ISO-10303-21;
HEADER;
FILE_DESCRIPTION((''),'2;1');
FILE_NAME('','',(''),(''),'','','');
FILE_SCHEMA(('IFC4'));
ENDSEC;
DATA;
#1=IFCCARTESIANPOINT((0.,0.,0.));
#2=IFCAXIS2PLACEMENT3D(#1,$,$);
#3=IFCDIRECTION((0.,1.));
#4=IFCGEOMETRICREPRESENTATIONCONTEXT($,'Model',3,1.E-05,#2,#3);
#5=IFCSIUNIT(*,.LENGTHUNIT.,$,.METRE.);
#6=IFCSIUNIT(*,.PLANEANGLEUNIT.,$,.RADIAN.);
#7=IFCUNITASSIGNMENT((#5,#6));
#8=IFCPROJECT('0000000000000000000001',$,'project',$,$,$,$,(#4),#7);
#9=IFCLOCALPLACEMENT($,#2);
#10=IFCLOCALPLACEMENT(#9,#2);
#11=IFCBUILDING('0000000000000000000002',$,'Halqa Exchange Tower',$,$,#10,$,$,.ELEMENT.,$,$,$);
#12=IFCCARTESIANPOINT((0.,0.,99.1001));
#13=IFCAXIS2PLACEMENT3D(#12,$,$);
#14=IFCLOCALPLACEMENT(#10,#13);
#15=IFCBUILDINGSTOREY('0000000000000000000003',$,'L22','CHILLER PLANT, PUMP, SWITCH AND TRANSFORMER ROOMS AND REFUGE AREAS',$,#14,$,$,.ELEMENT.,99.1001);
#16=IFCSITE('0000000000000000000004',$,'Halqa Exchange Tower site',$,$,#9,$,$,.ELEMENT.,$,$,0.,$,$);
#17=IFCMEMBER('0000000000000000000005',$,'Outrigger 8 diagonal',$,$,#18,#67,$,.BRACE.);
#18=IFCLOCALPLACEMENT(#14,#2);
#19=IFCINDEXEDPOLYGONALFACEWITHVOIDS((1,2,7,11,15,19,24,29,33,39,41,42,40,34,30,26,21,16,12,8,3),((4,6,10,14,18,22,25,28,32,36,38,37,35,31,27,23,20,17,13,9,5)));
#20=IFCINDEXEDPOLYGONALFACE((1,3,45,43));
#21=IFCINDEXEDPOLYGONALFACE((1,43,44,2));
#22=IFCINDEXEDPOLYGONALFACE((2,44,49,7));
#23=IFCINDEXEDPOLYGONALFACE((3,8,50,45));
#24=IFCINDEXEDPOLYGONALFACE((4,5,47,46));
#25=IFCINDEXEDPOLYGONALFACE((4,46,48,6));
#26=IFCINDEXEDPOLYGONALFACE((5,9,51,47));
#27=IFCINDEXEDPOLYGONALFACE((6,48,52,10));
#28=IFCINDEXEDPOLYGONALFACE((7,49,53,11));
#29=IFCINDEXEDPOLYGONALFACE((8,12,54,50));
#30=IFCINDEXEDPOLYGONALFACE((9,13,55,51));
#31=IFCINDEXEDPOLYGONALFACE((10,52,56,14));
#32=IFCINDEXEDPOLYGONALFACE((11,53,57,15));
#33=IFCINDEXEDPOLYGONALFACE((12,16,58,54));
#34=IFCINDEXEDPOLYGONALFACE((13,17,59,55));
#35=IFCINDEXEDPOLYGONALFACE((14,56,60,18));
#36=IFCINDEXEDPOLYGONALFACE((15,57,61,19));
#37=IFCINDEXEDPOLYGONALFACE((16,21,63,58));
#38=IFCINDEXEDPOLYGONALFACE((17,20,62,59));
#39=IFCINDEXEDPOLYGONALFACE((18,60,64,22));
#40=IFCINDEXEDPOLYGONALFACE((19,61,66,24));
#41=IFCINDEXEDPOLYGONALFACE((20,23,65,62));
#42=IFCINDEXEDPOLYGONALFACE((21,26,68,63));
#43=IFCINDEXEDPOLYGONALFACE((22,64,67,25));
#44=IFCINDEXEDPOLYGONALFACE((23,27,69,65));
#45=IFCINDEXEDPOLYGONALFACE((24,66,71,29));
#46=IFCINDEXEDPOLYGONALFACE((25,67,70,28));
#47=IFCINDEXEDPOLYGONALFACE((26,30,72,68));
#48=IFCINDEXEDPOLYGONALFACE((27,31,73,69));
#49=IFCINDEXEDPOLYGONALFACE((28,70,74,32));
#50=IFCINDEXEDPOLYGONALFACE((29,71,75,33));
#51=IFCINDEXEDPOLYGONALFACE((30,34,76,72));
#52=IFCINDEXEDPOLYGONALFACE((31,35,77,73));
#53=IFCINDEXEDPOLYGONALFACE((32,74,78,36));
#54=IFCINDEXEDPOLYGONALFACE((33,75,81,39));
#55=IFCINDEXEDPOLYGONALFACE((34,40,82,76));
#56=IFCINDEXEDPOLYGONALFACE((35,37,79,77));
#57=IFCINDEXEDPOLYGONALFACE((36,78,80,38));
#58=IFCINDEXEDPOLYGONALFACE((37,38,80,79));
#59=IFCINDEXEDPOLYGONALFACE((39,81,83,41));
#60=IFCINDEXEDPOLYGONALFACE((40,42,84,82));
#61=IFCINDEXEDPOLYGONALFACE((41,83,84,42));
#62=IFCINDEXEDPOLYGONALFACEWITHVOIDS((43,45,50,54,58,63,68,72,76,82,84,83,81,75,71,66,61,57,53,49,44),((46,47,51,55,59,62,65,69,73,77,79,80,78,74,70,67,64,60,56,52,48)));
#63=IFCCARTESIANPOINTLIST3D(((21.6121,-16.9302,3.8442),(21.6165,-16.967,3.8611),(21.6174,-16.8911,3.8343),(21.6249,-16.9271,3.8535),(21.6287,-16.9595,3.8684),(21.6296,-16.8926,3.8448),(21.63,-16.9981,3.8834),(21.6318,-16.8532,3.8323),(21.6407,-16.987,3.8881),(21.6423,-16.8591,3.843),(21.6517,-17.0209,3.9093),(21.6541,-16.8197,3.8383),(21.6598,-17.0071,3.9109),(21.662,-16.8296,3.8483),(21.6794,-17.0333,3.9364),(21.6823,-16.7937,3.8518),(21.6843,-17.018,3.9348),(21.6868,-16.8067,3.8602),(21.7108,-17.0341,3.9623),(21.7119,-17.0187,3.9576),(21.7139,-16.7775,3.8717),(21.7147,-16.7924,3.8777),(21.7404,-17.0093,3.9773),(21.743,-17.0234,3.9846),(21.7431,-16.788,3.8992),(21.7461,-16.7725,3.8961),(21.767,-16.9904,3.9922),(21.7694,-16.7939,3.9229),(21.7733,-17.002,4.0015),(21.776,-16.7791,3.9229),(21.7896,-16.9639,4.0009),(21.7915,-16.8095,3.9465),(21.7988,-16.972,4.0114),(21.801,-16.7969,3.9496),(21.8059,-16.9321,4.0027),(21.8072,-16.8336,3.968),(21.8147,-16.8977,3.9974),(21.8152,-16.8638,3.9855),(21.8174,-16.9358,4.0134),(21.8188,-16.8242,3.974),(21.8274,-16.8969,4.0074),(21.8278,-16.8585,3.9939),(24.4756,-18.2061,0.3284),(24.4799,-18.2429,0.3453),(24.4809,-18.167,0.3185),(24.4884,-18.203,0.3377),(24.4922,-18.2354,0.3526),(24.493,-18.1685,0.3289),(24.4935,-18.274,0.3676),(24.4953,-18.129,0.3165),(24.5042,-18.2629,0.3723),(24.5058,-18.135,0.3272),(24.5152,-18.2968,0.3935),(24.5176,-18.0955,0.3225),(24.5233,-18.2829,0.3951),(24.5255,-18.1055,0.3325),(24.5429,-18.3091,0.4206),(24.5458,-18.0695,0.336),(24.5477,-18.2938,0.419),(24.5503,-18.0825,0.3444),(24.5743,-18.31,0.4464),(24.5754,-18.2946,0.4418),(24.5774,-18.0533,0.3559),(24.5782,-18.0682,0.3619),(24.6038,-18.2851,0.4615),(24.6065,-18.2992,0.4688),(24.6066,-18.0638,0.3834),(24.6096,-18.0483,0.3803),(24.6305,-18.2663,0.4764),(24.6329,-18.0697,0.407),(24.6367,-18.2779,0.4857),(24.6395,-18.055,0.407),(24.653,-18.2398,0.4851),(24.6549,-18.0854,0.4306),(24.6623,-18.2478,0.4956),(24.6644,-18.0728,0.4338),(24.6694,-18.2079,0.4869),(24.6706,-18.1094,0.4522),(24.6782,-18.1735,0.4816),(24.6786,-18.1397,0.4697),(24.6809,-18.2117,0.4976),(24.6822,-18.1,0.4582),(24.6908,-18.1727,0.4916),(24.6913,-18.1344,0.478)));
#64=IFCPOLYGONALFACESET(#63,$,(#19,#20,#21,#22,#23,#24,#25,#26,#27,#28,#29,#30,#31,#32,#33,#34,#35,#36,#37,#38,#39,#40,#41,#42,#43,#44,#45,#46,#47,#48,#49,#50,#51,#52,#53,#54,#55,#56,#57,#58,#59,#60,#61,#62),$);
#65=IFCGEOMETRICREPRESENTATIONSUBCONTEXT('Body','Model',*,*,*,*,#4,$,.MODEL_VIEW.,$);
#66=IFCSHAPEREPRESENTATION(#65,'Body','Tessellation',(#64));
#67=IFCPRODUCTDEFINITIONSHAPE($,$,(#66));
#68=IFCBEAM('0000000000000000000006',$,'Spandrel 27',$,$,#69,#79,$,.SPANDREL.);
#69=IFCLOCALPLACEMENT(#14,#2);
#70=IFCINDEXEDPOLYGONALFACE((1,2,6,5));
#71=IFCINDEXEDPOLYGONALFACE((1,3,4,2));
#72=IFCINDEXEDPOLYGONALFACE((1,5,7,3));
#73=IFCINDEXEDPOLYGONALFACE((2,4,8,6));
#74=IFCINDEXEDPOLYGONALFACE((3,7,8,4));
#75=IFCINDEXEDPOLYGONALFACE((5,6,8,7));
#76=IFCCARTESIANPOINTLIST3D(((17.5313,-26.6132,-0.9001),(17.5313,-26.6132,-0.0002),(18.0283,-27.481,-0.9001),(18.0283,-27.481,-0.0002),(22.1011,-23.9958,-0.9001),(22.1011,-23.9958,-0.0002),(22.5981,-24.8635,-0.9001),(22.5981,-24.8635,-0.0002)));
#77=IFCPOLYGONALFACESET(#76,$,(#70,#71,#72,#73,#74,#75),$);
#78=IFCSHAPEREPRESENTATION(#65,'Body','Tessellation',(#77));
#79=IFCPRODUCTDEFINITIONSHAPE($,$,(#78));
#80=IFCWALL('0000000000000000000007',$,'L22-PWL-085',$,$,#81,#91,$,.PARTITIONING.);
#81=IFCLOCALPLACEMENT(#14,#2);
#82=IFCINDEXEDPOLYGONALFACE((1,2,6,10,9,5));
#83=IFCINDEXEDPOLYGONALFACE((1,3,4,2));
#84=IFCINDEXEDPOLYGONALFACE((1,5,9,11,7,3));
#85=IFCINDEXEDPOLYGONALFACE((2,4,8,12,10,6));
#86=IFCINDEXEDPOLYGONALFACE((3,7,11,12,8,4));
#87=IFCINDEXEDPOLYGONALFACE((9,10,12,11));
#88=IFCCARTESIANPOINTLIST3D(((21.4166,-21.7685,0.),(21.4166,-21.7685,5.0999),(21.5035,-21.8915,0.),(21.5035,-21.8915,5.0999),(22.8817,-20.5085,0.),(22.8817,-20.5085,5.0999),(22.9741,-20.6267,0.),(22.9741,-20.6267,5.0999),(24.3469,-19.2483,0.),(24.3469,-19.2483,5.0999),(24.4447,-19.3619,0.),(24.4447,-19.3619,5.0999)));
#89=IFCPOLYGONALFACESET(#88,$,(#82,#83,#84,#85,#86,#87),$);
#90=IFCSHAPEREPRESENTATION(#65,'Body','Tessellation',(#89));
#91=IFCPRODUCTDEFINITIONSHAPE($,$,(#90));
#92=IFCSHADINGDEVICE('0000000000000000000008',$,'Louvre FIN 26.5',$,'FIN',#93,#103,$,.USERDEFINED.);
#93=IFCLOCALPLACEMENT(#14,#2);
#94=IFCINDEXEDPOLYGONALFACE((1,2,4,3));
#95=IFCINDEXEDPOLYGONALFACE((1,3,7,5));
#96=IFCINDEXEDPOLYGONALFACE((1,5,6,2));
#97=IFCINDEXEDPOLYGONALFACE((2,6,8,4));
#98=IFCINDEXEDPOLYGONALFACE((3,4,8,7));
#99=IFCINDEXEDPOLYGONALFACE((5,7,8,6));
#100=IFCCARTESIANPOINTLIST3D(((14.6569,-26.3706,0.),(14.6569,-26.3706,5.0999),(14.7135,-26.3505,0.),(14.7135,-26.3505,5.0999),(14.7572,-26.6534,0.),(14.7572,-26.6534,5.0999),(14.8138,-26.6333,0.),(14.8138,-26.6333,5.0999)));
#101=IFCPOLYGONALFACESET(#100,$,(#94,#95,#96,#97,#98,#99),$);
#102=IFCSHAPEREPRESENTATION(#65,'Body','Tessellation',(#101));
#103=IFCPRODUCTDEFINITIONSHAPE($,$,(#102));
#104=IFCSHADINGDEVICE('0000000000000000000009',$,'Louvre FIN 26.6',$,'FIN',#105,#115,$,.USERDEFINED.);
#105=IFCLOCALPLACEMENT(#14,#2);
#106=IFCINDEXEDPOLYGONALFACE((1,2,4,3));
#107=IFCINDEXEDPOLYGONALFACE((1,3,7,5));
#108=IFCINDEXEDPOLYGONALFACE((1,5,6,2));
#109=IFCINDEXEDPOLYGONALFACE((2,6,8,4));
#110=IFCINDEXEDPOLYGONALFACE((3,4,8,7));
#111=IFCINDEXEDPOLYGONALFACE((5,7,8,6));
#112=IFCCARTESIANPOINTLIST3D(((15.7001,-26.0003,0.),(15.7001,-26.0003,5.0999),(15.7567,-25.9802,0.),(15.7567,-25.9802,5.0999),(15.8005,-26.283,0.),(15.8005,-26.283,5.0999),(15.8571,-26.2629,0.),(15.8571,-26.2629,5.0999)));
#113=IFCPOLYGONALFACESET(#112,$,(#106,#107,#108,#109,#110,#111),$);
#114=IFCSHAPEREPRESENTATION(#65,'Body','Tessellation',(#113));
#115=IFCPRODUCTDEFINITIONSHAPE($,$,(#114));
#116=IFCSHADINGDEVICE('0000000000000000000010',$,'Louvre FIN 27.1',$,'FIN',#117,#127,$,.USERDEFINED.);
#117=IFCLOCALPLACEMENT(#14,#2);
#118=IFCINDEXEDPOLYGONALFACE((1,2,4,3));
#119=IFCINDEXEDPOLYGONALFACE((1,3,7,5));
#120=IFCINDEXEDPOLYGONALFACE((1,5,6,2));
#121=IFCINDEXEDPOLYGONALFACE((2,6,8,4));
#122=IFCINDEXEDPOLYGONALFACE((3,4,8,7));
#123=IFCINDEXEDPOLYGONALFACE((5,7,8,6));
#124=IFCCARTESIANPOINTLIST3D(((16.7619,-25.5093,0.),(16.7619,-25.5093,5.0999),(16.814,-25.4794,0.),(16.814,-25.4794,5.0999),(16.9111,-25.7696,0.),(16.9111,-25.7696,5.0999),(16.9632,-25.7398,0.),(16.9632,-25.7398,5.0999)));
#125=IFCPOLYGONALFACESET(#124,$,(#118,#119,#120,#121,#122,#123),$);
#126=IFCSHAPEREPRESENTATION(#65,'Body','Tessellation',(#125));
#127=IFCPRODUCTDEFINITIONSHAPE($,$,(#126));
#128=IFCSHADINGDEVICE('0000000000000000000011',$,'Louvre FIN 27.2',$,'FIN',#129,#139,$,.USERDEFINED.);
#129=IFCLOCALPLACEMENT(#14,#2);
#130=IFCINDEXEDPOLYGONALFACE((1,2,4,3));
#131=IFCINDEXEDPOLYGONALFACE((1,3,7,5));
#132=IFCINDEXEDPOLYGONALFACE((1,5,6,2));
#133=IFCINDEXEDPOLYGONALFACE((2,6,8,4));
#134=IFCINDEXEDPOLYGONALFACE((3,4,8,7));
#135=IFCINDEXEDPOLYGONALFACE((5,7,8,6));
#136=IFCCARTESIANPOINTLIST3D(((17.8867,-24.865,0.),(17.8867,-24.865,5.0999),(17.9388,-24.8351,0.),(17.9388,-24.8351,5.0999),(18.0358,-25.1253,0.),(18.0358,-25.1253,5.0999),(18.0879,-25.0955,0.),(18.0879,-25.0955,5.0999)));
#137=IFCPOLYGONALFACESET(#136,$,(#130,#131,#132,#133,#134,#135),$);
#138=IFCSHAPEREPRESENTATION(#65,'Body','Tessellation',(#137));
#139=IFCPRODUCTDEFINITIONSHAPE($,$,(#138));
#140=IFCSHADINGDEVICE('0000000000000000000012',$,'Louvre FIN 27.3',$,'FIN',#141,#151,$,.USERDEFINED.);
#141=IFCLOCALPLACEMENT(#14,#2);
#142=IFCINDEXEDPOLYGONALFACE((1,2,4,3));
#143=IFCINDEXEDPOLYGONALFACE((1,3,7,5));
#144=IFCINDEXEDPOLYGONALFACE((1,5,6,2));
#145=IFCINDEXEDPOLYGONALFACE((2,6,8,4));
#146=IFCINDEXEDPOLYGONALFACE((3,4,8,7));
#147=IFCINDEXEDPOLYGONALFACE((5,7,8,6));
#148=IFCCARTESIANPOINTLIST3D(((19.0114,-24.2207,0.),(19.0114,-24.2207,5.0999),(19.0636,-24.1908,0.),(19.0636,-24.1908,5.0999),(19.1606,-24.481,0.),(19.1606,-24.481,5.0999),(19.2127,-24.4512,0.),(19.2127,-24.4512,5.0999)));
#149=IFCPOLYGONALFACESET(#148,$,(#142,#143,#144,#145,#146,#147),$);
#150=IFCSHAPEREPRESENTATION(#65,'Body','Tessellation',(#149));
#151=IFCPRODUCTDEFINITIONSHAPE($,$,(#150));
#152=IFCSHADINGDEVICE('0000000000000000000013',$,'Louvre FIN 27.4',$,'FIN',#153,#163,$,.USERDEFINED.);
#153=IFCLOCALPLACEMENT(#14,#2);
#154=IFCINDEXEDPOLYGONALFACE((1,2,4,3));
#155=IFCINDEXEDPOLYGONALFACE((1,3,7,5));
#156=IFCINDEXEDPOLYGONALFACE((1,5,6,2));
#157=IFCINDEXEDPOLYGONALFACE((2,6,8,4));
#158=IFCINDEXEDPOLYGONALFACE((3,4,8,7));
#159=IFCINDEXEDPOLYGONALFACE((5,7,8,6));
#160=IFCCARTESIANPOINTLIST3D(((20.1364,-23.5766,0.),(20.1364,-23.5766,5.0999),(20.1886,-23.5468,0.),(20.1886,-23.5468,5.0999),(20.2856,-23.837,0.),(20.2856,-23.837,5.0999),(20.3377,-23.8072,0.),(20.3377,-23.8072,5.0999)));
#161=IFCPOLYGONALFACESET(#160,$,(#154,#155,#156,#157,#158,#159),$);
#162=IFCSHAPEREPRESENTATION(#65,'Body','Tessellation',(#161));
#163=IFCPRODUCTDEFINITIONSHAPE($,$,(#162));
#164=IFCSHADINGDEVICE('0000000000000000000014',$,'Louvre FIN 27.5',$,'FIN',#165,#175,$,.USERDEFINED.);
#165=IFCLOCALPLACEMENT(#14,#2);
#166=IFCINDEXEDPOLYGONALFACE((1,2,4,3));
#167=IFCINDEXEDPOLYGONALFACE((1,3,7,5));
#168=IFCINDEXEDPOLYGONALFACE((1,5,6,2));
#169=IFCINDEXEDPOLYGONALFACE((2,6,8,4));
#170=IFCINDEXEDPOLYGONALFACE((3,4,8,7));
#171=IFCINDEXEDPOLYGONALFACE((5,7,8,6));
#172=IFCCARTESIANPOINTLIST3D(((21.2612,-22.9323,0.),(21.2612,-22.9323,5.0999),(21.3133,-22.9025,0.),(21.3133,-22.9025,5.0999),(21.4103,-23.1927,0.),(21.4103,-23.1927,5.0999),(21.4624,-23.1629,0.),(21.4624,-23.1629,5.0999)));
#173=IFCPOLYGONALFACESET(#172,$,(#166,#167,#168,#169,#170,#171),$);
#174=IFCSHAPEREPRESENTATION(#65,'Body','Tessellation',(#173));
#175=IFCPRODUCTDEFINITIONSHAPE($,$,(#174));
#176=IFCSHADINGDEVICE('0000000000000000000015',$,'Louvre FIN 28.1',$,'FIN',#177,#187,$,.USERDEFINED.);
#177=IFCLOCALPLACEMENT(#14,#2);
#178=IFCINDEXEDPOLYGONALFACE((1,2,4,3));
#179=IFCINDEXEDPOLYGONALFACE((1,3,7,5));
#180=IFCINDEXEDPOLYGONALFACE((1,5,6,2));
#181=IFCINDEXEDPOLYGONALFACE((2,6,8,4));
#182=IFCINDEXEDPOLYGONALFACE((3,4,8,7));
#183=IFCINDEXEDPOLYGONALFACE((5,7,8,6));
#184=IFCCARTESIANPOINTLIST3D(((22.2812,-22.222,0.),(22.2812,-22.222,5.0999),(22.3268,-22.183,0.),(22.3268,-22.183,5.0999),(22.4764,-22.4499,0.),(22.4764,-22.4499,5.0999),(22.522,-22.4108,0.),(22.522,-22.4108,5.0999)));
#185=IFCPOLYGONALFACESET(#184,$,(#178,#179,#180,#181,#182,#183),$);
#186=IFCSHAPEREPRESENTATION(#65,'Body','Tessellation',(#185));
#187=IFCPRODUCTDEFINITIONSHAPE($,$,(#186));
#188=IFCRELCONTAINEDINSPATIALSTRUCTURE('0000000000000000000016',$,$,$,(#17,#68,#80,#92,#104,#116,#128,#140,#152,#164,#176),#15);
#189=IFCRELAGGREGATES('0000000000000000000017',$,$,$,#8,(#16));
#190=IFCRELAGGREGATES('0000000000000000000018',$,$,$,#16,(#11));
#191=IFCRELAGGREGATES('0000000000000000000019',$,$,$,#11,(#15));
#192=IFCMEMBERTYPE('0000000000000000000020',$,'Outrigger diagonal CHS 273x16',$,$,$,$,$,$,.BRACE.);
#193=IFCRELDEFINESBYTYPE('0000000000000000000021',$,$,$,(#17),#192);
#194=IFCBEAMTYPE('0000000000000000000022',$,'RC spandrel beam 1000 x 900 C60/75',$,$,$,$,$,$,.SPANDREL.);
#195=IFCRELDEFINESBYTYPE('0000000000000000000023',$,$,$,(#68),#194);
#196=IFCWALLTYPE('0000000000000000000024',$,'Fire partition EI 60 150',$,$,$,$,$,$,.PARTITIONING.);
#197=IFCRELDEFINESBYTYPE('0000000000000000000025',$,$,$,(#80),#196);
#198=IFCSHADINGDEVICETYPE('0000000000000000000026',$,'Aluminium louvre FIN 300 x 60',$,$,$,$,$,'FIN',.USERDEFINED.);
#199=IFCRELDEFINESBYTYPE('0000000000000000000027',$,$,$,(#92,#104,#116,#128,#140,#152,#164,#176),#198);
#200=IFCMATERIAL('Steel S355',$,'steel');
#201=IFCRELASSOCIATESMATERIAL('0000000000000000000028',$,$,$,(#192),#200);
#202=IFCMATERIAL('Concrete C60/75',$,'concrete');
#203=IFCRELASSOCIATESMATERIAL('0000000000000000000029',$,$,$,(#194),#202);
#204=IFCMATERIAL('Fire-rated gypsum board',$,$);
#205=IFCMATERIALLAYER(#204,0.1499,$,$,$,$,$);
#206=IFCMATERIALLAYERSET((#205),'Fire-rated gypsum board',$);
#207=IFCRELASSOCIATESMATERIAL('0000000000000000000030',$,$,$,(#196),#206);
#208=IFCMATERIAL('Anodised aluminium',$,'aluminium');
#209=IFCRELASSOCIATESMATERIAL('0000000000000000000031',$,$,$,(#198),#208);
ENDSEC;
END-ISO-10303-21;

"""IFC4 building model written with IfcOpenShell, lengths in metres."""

from ifc_helpers import new_model, si_unit, direction, frame, origin, origin_2d, place, context, subcontext, project, spatial, polyline, rectangle, hollow_circle, outline, extrude, material, layer, layer_set, material_profile, profile_set, type_object, element, save


model = new_model("IFC4")

# Units and contexts
model_context = context("Model", 3, precision=1e-05, world=origin(), true_north=direction((0.0, 1.0)))
body_context = subcontext(model_context, "Body", "Model", "MODEL_VIEW")
ifc_project = project(units=[si_unit("LENGTHUNIT", "METRE"), si_unit("PLANEANGLEUNIT", "RADIAN")], contexts=[model_context])

# Site, building, storey
site_placement = place(None, origin())
site = spatial("IfcSite", under=ifc_project, at=site_placement, Name="Halqa Exchange Tower site", CompositionType="ELEMENT", RefElevation=0.0)
building_placement = place(site_placement, origin())
building = spatial("IfcBuilding", under=site, at=building_placement, Name="Halqa Exchange Tower", CompositionType="ELEMENT")
storey_placement = place(building_placement, frame((0.0, 0.0, 99.1001)))
storey = spatial("IfcBuildingStorey", under=building, at=storey_placement, Name="L22", Description="CHILLER PLANT, PUMP, SWITCH AND TRANSFORMER ROOMS AND REFUGE AREAS", CompositionType="ELEMENT", Elevation=99.1001)

# Member
ifc_material_1 = material(Name="Steel S355", Category="steel")
ifc_material_profile_1 = material_profile(ifc_material_1, hollow_circle(Radius=0.1365, WallThickness=0.0161, at=origin_2d()), Name="CHS 273x16")
ifc_profile_set_1 = profile_set([ifc_material_profile_1], Name="Steel S355")
member_type_1 = type_object("IfcMemberType", Name="Outrigger diagonal CHS 273x16", PredefinedType="BRACE", material=ifc_profile_set_1)
member_1_placement = place(storey_placement, frame((21.7205, -16.9038, 3.9229), z_axis=(0.6079, -0.270857, -0.746387), x_axis=(0.406991, 0.913432, 0.0)))
element("IfcMember", 1, at=member_1_placement, inside=storey, type_object=member_type_1, Name="Outrigger 8 diagonal", PredefinedType="BRACE", context=body_context, shape_type="SweptSolid", body=[
    extrude(hollow_circle(Radius=0.1365, WallThickness=0.0161, at=origin_2d()), origin(), (0.0, 0.0, 1.0), 4.7104),
])

# Beam
ifc_material_2 = material(Name="Concrete C60/75", Category="concrete")
ifc_material_profile_2 = material_profile(ifc_material_2, rectangle(XDim=1.0, YDim=0.8999, at=origin_2d()), Name="1000 x 900")
ifc_profile_set_2 = profile_set([ifc_material_profile_2], Name="Concrete C60/75")
beam_type = type_object("IfcBeamType", Name="RC spandrel beam 1000 x 900 C60/75", PredefinedType="SPANDREL", material=ifc_profile_set_2)
beam_placement = place(storey_placement, frame((17.7798, -27.0471, -0.4502), z_axis=(0.867743, 0.497012, 0.0), x_axis=(-0.497012, 0.867743, 0.0)))
element("IfcBeam", 2, at=beam_placement, inside=storey, type_object=beam_type, Name="Spandrel 27", PredefinedType="SPANDREL", context=body_context, shape_type="SweptSolid", body=[
    extrude(rectangle(XDim=1.0, YDim=0.8999, at=origin_2d()), origin(), (0.0, 0.0, 1.0), 5.2664),
])

# Shared definitions
ifc_material_3 = material(Name="Fire-rated gypsum board")
ifc_layer_1 = layer(ifc_material_3, 0.1499)
ifc_layer_set_1 = layer_set([ifc_layer_1], Name="Fire-rated gypsum board")
wall_type = type_object("IfcWallType", Name="Fire partition EI 60 150", PredefinedType="PARTITIONING", material=ifc_layer_set_1)

# Wall
wall_1_placement = place(storey_placement, frame((21.4546, -21.8347, 0.0), z_axis=(0.0, 0.0, 1.0), x_axis=(0.758167, 0.65206, 0.0)))
element("IfcWall", 3, at=wall_1_placement, inside=storey, type_object=wall_type, Name="L22-PWL-085", PredefinedType="PARTITIONING", context=body_context, shape_type="SweptSolid", body=[
    extrude(outline(polyline([(3.8794, 0.075), (1.9468, 0.075), (0.0144, 0.075), (0.0, -0.075), (1.9397, -0.075), (3.8794, -0.075), (3.8794, 0.075)])), origin(), (0.0, 0.0, 1.0), 5.0999),
])

# Shading devices
ifc_material_4 = material(Name="Anodised aluminium", Category="aluminium")
ifc_material_profile_3 = material_profile(ifc_material_4, rectangle(XDim=0.3, YDim=0.0601, at=origin_2d()), Name="AL FIN 300x60")
ifc_profile_set_3 = profile_set([ifc_material_profile_3], Name="Anodised aluminium")
shading_device_type = type_object("IfcShadingDeviceType", Name="Aluminium louvre FIN 300 x 60", ElementType="FIN", PredefinedType="USERDEFINED", material=ifc_profile_set_3)
for number, where, z_axis, x_axis, name in (
    (4, (14.7354, -26.502, 0.0), (0.0, 0.0, 1.0), (-0.334578, 0.942368, 0.0), "Louvre FIN 26.5"),
    (5, (15.7786, -26.1316, 0.0), (0.0, 0.0, 1.0), (-0.334578, 0.942368, 0.0), "Louvre FIN 26.6"),
    (6, (16.8625, -25.6245, 0.0), (0.0, 0.0, 1.0), (-0.496985, 0.867759, 0.0), "Louvre FIN 27.1"),
    (7, (17.9873, -24.9802, 0.0), (0.0, 0.0, 1.0), (-0.496985, 0.867759, 0.0), "Louvre FIN 27.2"),
    (8, (19.1121, -24.3359, 0.0), (0.0, 0.0, 1.0), (-0.496985, 0.867759, 0.0), "Louvre FIN 27.3"),
    (9, (20.2371, -23.6919, 0.0), (0.0, 0.0, 1.0), (-0.496985, 0.867759, 0.0), "Louvre FIN 27.4"),
    (10, (21.3618, -23.0476, 0.0), (0.0, 0.0, 1.0), (-0.496985, 0.867759, 0.0), "Louvre FIN 27.5"),
    (11, (22.4016, -22.3164, 0.0), (0.0, 0.0, 1.0), (-0.650785, 0.759262, 0.0), "Louvre FIN 28.1"),
):
    element("IfcShadingDevice", number, at=place(storey_placement, frame(where, z_axis=z_axis, x_axis=x_axis)), inside=storey, type_object=shading_device_type, Name=name, ObjectType="FIN", PredefinedType="USERDEFINED", context=body_context, shape_type="SweptSolid", body=[
        extrude(rectangle(XDim=0.3, YDim=0.0601, at=origin_2d()), origin(), (0.0, 0.0, 1.0), 5.0999),
    ])

save(model, "model.ifc")
